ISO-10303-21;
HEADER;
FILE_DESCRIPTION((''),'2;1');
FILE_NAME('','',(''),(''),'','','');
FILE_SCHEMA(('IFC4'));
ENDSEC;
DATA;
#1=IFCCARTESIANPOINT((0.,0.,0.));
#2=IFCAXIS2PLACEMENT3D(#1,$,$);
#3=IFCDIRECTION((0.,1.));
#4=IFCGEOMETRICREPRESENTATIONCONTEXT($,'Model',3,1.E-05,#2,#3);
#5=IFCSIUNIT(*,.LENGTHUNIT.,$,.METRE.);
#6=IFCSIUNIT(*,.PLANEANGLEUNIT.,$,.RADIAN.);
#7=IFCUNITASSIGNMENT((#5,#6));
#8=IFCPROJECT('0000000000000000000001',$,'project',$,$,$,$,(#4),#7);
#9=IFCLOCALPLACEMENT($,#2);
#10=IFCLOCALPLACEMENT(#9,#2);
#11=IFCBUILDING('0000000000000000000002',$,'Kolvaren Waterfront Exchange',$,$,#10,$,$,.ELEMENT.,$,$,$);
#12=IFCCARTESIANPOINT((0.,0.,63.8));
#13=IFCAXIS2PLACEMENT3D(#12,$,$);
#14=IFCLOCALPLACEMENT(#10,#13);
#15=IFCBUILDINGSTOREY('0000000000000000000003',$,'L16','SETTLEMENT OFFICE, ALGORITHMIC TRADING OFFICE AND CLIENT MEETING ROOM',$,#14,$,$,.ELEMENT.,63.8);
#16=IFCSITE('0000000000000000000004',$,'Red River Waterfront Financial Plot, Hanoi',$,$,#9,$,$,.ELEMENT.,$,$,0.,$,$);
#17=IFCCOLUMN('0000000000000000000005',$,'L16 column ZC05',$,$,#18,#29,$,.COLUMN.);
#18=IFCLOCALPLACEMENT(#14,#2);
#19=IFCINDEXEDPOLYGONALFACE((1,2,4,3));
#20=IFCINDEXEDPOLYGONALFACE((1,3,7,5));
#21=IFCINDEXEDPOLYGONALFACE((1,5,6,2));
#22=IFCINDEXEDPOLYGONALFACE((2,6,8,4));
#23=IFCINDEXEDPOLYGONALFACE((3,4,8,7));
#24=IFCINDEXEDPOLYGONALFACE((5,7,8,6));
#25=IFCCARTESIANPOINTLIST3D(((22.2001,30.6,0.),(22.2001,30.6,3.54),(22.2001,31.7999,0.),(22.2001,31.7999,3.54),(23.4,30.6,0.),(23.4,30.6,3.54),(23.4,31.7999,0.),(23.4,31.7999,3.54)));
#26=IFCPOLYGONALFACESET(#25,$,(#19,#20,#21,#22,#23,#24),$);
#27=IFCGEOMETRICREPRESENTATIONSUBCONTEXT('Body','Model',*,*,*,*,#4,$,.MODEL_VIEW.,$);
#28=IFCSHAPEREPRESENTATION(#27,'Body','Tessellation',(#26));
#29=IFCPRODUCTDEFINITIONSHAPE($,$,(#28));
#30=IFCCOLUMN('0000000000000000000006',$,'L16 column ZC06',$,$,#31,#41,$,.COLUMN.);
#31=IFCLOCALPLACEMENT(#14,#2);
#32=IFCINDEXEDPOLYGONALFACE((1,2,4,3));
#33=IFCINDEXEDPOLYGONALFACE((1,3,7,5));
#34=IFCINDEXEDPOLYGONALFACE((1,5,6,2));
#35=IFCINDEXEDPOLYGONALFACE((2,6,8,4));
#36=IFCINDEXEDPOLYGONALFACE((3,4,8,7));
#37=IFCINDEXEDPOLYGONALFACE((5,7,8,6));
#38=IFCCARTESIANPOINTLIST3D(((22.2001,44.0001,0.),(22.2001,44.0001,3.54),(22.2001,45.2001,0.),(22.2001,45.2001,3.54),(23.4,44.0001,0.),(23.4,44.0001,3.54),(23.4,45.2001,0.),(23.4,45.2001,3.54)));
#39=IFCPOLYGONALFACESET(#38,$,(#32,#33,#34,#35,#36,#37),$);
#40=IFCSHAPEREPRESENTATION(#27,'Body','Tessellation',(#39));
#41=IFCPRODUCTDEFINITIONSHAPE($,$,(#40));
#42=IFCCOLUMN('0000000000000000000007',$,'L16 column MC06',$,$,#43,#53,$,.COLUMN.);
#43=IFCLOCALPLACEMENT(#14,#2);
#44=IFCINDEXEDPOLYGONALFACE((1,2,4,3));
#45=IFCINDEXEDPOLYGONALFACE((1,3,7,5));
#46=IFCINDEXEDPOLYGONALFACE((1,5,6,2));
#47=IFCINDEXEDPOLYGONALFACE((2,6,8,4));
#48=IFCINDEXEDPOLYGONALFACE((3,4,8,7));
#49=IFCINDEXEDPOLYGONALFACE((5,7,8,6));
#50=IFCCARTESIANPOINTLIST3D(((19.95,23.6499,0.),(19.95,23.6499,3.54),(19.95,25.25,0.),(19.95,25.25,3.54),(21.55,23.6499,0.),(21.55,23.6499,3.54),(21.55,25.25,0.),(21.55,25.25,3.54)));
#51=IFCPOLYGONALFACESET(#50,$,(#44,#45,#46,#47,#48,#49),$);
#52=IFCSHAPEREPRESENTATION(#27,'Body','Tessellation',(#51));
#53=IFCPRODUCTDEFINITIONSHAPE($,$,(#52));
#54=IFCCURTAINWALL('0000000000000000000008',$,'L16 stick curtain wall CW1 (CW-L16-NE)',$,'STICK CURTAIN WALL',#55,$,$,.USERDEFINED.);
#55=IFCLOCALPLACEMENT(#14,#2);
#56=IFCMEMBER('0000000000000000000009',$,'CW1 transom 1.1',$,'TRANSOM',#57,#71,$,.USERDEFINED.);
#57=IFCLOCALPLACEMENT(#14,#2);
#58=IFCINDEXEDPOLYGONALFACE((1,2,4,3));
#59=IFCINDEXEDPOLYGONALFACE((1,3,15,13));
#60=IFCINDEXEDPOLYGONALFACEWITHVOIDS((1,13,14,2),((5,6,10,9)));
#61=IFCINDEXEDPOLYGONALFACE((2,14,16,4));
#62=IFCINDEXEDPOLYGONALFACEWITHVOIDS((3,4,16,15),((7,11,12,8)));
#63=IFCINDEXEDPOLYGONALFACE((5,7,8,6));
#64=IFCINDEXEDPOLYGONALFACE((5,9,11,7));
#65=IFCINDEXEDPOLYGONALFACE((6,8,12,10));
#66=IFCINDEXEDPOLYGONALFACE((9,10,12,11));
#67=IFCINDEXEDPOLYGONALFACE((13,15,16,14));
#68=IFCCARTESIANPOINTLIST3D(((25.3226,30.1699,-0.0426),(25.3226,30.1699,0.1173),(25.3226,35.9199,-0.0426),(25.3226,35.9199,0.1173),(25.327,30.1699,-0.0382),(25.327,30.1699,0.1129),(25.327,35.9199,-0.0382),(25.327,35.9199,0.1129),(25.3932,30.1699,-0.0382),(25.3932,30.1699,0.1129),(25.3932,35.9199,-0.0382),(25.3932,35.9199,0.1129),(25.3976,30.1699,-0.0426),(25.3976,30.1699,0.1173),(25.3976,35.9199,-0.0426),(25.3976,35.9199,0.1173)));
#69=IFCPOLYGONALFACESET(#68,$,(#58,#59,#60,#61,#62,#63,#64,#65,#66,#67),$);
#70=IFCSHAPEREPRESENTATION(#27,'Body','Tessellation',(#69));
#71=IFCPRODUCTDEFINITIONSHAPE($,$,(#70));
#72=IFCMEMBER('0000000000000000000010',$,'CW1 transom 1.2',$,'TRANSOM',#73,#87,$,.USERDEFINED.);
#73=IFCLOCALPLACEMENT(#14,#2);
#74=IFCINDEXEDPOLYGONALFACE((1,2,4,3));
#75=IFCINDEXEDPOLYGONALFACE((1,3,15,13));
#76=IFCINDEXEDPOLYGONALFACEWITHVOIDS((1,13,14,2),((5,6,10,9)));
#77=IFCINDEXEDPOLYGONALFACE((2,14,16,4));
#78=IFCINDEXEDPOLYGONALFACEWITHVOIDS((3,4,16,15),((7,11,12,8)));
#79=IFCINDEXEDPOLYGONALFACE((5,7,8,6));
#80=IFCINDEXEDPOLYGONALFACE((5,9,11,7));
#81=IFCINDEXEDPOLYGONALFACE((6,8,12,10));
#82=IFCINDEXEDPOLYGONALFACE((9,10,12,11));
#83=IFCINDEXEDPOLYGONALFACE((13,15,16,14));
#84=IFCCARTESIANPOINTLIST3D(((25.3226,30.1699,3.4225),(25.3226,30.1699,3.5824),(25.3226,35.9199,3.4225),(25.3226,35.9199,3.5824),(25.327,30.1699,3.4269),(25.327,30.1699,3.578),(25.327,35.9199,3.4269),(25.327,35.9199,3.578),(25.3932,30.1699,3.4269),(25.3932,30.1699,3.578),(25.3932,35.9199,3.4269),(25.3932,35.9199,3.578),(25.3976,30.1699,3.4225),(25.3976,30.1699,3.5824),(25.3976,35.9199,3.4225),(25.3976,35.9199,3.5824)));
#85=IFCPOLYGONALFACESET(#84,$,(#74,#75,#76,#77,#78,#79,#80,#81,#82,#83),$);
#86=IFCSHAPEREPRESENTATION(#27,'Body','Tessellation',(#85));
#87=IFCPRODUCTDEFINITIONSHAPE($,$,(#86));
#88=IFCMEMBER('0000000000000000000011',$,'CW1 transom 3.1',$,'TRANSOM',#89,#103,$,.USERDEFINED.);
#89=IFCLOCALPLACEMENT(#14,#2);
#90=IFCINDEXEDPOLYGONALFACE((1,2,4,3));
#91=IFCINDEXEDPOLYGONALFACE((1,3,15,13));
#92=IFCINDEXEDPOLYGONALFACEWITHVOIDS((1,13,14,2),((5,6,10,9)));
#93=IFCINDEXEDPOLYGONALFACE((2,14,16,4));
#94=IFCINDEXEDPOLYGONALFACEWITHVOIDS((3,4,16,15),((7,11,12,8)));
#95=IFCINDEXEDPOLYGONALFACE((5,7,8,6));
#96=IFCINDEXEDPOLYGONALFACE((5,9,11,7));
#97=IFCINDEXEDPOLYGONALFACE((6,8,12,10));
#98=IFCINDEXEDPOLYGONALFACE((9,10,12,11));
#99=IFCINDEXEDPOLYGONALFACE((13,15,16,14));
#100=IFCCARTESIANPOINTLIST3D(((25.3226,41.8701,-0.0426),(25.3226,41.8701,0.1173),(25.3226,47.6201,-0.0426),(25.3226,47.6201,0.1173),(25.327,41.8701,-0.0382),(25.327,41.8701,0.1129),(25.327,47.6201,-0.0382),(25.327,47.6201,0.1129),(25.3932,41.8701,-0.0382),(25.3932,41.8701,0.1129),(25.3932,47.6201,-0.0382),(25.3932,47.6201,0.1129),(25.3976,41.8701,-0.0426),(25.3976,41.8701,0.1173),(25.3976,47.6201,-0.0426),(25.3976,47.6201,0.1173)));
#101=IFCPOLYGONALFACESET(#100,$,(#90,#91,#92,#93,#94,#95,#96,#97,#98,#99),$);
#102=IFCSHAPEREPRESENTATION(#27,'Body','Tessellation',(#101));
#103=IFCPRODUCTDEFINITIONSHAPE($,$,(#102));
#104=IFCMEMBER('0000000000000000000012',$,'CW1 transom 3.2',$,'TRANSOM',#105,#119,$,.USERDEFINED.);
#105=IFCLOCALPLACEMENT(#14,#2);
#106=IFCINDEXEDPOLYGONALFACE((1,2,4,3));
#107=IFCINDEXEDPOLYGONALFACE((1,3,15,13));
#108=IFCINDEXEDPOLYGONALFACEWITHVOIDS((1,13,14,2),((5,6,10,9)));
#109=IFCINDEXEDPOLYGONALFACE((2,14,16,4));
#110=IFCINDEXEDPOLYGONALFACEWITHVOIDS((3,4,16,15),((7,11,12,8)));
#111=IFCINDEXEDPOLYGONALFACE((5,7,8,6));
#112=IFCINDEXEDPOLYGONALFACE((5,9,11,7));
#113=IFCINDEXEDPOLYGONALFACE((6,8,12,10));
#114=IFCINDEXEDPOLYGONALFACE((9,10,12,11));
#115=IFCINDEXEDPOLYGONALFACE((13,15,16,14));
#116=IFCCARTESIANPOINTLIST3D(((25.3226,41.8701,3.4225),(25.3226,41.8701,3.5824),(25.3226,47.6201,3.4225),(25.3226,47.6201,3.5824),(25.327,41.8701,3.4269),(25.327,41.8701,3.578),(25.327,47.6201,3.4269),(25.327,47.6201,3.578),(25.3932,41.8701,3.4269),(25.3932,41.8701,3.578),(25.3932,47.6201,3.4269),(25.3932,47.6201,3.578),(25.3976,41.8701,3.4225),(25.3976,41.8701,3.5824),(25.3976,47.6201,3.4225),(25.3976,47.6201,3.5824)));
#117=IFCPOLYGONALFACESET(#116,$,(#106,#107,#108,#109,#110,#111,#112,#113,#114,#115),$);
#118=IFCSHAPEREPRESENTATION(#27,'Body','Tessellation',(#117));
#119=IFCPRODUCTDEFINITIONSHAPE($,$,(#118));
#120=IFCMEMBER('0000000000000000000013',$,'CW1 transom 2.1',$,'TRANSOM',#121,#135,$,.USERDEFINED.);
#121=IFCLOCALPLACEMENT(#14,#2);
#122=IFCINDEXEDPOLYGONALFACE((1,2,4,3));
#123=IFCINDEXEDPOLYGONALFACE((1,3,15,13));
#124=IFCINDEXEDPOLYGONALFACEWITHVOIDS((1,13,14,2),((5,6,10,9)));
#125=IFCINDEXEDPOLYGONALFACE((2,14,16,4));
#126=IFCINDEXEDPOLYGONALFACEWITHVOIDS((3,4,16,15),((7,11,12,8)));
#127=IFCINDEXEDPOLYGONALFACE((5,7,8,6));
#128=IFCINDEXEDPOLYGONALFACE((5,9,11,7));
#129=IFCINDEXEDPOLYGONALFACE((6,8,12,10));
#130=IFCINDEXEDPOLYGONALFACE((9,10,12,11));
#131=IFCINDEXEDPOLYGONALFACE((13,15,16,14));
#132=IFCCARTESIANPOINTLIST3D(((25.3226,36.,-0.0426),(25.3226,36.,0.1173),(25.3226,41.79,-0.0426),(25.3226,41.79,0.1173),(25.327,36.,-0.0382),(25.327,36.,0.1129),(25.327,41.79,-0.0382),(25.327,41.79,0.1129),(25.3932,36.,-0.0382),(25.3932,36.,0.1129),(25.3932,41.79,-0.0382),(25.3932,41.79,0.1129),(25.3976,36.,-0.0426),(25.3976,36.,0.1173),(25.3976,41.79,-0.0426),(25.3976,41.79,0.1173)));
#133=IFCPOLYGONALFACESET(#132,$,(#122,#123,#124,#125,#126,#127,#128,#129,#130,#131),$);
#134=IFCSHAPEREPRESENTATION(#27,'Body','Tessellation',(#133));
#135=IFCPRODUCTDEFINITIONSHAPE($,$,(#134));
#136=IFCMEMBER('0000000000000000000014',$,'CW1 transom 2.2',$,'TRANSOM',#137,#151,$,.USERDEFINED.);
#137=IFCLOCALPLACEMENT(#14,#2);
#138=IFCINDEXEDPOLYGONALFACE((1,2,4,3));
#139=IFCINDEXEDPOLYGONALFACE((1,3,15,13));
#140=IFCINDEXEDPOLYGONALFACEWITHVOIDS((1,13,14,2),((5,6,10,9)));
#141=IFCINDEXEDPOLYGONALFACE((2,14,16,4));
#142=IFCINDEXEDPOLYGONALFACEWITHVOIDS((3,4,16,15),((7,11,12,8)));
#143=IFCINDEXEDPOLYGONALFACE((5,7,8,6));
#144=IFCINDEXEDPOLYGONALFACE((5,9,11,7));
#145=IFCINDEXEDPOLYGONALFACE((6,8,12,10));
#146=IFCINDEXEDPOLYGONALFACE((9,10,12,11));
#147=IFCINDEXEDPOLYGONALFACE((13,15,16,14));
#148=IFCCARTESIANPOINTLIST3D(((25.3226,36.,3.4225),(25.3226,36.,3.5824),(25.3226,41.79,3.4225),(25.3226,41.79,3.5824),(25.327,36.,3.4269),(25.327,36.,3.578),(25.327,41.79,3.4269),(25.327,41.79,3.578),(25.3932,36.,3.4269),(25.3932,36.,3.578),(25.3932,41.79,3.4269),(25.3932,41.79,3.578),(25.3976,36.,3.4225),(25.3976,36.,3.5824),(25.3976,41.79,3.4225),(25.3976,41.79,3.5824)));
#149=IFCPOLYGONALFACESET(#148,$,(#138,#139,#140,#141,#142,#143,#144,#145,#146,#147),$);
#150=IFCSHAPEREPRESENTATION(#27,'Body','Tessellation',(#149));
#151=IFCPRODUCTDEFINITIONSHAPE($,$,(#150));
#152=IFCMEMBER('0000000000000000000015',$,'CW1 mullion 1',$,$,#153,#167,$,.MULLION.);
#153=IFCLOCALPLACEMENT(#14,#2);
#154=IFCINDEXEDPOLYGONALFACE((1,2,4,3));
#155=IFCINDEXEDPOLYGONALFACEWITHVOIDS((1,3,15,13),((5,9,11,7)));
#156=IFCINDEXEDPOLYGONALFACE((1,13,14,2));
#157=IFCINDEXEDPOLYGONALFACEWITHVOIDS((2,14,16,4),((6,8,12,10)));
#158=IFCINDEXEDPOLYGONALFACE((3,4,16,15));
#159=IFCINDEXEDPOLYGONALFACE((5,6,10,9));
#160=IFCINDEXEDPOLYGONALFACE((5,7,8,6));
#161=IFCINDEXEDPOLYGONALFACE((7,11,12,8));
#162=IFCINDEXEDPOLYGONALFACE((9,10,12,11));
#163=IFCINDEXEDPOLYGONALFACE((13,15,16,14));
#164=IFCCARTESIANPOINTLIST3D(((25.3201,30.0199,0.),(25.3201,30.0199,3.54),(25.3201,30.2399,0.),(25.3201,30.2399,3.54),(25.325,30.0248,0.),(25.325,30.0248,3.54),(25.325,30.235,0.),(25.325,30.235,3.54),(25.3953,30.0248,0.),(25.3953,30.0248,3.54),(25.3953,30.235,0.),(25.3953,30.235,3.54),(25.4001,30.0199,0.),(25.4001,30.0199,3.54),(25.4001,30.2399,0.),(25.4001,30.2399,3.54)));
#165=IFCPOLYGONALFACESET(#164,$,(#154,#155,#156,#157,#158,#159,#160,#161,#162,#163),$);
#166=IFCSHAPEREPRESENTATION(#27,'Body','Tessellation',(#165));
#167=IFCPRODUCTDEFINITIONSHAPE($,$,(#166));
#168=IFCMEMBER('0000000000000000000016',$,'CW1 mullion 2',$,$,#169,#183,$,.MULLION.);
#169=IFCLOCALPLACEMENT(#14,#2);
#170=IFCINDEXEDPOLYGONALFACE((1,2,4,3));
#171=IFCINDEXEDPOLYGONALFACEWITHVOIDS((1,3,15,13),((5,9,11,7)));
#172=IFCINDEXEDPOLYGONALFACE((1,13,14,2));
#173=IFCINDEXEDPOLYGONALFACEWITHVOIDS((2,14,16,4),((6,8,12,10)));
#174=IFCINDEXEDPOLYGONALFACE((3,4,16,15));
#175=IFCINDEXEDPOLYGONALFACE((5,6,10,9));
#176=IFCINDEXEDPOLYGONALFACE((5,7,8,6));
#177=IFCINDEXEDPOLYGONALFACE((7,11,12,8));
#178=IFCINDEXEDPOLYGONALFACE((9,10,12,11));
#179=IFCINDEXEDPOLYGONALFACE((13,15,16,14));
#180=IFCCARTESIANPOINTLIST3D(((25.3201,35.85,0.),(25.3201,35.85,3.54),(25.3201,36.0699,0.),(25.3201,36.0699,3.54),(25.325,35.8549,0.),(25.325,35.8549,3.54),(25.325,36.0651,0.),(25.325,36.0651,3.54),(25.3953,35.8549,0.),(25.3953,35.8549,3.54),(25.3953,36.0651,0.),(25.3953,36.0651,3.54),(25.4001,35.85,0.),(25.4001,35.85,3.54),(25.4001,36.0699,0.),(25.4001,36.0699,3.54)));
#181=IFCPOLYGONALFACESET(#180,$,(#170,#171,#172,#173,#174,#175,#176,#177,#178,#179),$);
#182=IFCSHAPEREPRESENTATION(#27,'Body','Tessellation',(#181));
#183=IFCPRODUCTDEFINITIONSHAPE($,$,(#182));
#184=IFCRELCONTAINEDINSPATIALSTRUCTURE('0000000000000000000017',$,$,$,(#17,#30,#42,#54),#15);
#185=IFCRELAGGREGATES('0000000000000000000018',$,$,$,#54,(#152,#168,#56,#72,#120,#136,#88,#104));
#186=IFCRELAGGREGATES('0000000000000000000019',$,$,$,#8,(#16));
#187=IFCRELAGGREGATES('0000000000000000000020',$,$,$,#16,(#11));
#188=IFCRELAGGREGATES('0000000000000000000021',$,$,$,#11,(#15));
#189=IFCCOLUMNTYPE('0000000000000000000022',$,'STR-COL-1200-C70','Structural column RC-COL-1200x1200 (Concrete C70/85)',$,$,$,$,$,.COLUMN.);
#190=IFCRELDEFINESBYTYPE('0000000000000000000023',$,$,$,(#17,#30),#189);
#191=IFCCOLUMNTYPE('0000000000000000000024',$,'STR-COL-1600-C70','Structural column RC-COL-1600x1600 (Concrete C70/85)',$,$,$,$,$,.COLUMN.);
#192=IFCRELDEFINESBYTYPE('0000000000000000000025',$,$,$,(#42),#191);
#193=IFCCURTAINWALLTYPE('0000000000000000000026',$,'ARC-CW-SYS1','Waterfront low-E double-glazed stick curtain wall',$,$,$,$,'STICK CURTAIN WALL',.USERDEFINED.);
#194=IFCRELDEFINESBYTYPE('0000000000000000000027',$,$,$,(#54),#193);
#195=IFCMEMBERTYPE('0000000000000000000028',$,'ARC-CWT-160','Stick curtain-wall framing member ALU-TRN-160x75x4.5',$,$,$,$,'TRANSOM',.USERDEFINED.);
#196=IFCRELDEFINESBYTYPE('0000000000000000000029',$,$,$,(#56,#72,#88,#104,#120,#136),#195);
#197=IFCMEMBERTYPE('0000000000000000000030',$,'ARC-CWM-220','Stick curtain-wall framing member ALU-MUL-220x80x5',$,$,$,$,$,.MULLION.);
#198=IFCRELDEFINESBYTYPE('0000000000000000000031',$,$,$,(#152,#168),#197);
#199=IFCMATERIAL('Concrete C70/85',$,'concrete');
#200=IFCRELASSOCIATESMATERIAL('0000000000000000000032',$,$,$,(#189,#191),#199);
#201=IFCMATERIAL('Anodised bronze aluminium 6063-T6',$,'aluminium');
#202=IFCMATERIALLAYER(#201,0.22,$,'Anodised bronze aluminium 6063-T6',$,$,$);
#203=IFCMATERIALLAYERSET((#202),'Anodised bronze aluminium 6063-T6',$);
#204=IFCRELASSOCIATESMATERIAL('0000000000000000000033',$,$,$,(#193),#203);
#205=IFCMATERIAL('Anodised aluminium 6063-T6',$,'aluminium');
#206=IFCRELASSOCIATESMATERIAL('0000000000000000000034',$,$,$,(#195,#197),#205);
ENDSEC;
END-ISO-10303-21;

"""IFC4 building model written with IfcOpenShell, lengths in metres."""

from ifc_helpers import new_model, si_unit, direction, frame, origin, origin_with_axes, origin_2d, place, context, subcontext, project, spatial, rectangle, hollow_rectangle, extrude, source, transform, mapped, material, layer, layer_set, material_profile, profile_set, type_object, element, aggregate, save


model = new_model("IFC4")

# Units and contexts
model_context = context("Model", 3, precision=1e-05, world=origin(), true_north=direction((0.0, 1.0)))
body_context = subcontext(model_context, "Body", "Model", "MODEL_VIEW")
ifc_project = project(units=[si_unit("LENGTHUNIT", "METRE"), si_unit("PLANEANGLEUNIT", "RADIAN")], contexts=[model_context])

# Site, building, storey
site_placement = place(None, origin())
site = spatial("IfcSite", under=ifc_project, at=site_placement, Name="Red River Waterfront Financial Plot, Hanoi", CompositionType="ELEMENT", RefElevation=0.0)
building_placement = place(site_placement, origin())
building = spatial("IfcBuilding", under=site, at=building_placement, Name="Kolvaren Waterfront Exchange", CompositionType="ELEMENT")
storey_placement = place(building_placement, frame((0.0, 0.0, 63.8)))
storey = spatial("IfcBuildingStorey", under=building, at=storey_placement, Name="L16", Description="SETTLEMENT OFFICE, ALGORITHMIC TRADING OFFICE AND CLIENT MEETING ROOM", CompositionType="ELEMENT", Elevation=63.8)

# Columns
ifc_material_1 = material(Name="Concrete C70/85", Category="concrete")
ifc_material_profile_1 = material_profile(ifc_material_1, rectangle(XDim=1.2, YDim=1.2, at=origin_2d()), Name="RC-COL-1200x1200")
ifc_profile_set_1 = profile_set([ifc_material_profile_1], Name="Concrete C70/85")
column_type_1 = type_object("IfcColumnType", Name="STR-COL-1200-C70", Description="Structural column RC-COL-1200x1200 (Concrete C70/85)", PredefinedType="COLUMN", material=ifc_profile_set_1)
for number, where, z_axis, x_axis, name in (
    (1, (22.8, 31.2, 0.0), (0.0, 0.0, 1.0), (1.0, 0.0, 0.0), "L16 column ZC05"),
    (2, (22.8, 44.6001, 0.0), (0.0, 0.0, 1.0), (1.0, 0.0, 0.0), "L16 column ZC06"),
):
    element("IfcColumn", number, at=place(storey_placement, frame(where, z_axis=z_axis, x_axis=x_axis)), inside=storey, type_object=column_type_1, Name=name, PredefinedType="COLUMN", context=body_context, shape_type="SweptSolid", body=[
        extrude(rectangle(XDim=1.2, YDim=1.2, at=origin_2d()), origin(), (0.0, 0.0, 1.0), 3.54),
    ])
ifc_material_profile_2 = material_profile(ifc_material_1, rectangle(XDim=1.6001, YDim=1.6001, at=origin_2d()), Name="RC-COL-1600x1600")
ifc_profile_set_2 = profile_set([ifc_material_profile_2], Name="Concrete C70/85")
column_type_2 = type_object("IfcColumnType", Name="STR-COL-1600-C70", Description="Structural column RC-COL-1600x1600 (Concrete C70/85)", PredefinedType="COLUMN", material=ifc_profile_set_2)
column_placement = place(storey_placement, frame((20.75, 24.45, 0.0), z_axis=(0.0, 0.0, 1.0), x_axis=(1.0, 0.0, 0.0)))
element("IfcColumn", 3, at=column_placement, inside=storey, type_object=column_type_2, Name="L16 column MC06", PredefinedType="COLUMN", context=body_context, shape_type="SweptSolid", body=[
    extrude(rectangle(XDim=1.6001, YDim=1.6001, at=origin_2d()), origin(), (0.0, 0.0, 1.0), 3.54),
])

# Curtain wall, members
ifc_material_2 = material(Name="Anodised bronze aluminium 6063-T6", Category="aluminium")
ifc_layer_1 = layer(ifc_material_2, 0.22, Name="Anodised bronze aluminium 6063-T6")
ifc_layer_set_1 = layer_set([ifc_layer_1], Name="Anodised bronze aluminium 6063-T6")
curtain_wall_type = type_object("IfcCurtainWallType", Name="ARC-CW-SYS1", Description="Waterfront low-E double-glazed stick curtain wall", ElementType="STICK CURTAIN WALL", PredefinedType="USERDEFINED", material=ifc_layer_set_1)
curtain_wall_placement = place(storey_placement, origin())
curtain_wall = element("IfcCurtainWall", 4, at=curtain_wall_placement, inside=storey, type_object=curtain_wall_type, Name="L16 stick curtain wall CW1 (CW-L16-NE)", ObjectType="STICK CURTAIN WALL", PredefinedType="USERDEFINED")
ifc_material_3 = material(Name="Anodised aluminium 6063-T6", Category="aluminium")
ifc_material_profile_3 = material_profile(ifc_material_3, hollow_rectangle(XDim=0.075, YDim=0.1599, WallThickness=0.0044, at=origin_2d()), Name="ALU-TRN-160x75x4.5")
ifc_profile_set_3 = profile_set([ifc_material_profile_3], Name="Anodised aluminium 6063-T6")
member_type_1 = type_object("IfcMemberType", Name="ARC-CWT-160", Description="Stick curtain-wall framing member ALU-TRN-160x75x4.5", ElementType="TRANSOM", PredefinedType="USERDEFINED", material=ifc_profile_set_3)
shared_shape_1 = source(origin_with_axes(), body_context, "Body", "SweptSolid", [
    extrude(hollow_rectangle(XDim=0.075, YDim=0.1599, WallThickness=0.0044, at=origin_2d()), origin(), (0.0, 0.0, 1.0), 5.75),
])
member_1_placement = place(storey_placement, frame((25.3601, 30.1699, 0.0374), z_axis=(0.0, 1.0, 0.0), x_axis=(-1.0, 0.0, 0.0)))
member_1 = element("IfcMember", 5, at=member_1_placement, type_object=member_type_1, Name="CW1 transom 1.1", ObjectType="TRANSOM", PredefinedType="USERDEFINED", context=body_context, shape_type="MappedRepresentation", body=[
    mapped(shared_shape_1, transform((0.0, 0.0, 0.0), x_axis=(1.0, 0.0, 0.0), y_axis=(0.0, 1.0, 0.0), z_axis=(0.0, 0.0, 1.0), scale=1.0)),
])
member_2_placement = place(storey_placement, frame((25.3601, 30.1699, 3.5024), z_axis=(0.0, 1.0, 0.0), x_axis=(-1.0, 0.0, 0.0)))
member_2 = element("IfcMember", 6, at=member_2_placement, type_object=member_type_1, Name="CW1 transom 1.2", ObjectType="TRANSOM", PredefinedType="USERDEFINED", context=body_context, shape_type="MappedRepresentation", body=[
    mapped(shared_shape_1, transform((0.0, 0.0, 0.0), x_axis=(1.0, 0.0, 0.0), y_axis=(0.0, 1.0, 0.0), z_axis=(0.0, 0.0, 1.0), scale=1.0)),
])
member_3_placement = place(storey_placement, frame((25.3601, 41.8701, 0.0374), z_axis=(0.0, 1.0, 0.0), x_axis=(-1.0, 0.0, 0.0)))
member_3 = element("IfcMember", 7, at=member_3_placement, type_object=member_type_1, Name="CW1 transom 3.1", ObjectType="TRANSOM", PredefinedType="USERDEFINED", context=body_context, shape_type="MappedRepresentation", body=[
    mapped(shared_shape_1, transform((0.0, 0.0, 0.0), x_axis=(1.0, 0.0, 0.0), y_axis=(0.0, 1.0, 0.0), z_axis=(0.0, 0.0, 1.0), scale=1.0)),
])
member_4_placement = place(storey_placement, frame((25.3601, 41.8701, 3.5024), z_axis=(0.0, 1.0, 0.0), x_axis=(-1.0, 0.0, 0.0)))
member_4 = element("IfcMember", 8, at=member_4_placement, type_object=member_type_1, Name="CW1 transom 3.2", ObjectType="TRANSOM", PredefinedType="USERDEFINED", context=body_context, shape_type="MappedRepresentation", body=[
    mapped(shared_shape_1, transform((0.0, 0.0, 0.0), x_axis=(1.0, 0.0, 0.0), y_axis=(0.0, 1.0, 0.0), z_axis=(0.0, 0.0, 1.0), scale=1.0)),
])
shared_shape_2 = source(origin_with_axes(), body_context, "Body", "SweptSolid", [
    extrude(hollow_rectangle(XDim=0.075, YDim=0.1599, WallThickness=0.0044, at=origin_2d()), origin(), (0.0, 0.0, 1.0), 5.79),
])
member_5_placement = place(storey_placement, frame((25.3601, 36.0, 0.0374), z_axis=(0.0, 1.0, 0.0), x_axis=(-1.0, 0.0, 0.0)))
member_5 = element("IfcMember", 9, at=member_5_placement, type_object=member_type_1, Name="CW1 transom 2.1", ObjectType="TRANSOM", PredefinedType="USERDEFINED", context=body_context, shape_type="MappedRepresentation", body=[
    mapped(shared_shape_2, transform((0.0, 0.0, 0.0), x_axis=(1.0, 0.0, 0.0), y_axis=(0.0, 1.0, 0.0), z_axis=(0.0, 0.0, 1.0), scale=1.0)),
])
member_6_placement = place(storey_placement, frame((25.3601, 36.0, 3.5024), z_axis=(0.0, 1.0, 0.0), x_axis=(-1.0, 0.0, 0.0)))
member_6 = element("IfcMember", 10, at=member_6_placement, type_object=member_type_1, Name="CW1 transom 2.2", ObjectType="TRANSOM", PredefinedType="USERDEFINED", context=body_context, shape_type="MappedRepresentation", body=[
    mapped(shared_shape_2, transform((0.0, 0.0, 0.0), x_axis=(1.0, 0.0, 0.0), y_axis=(0.0, 1.0, 0.0), z_axis=(0.0, 0.0, 1.0), scale=1.0)),
])
ifc_material_profile_4 = material_profile(ifc_material_3, hollow_rectangle(XDim=0.0801, YDim=0.22, WallThickness=0.0049, at=origin_2d()), Name="ALU-MUL-220x80x5")
ifc_profile_set_4 = profile_set([ifc_material_profile_4], Name="Anodised aluminium 6063-T6")
member_type_2 = type_object("IfcMemberType", Name="ARC-CWM-220", Description="Stick curtain-wall framing member ALU-MUL-220x80x5", PredefinedType="MULLION", material=ifc_profile_set_4)
shared_shape_3 = source(origin_with_axes(), body_context, "Body", "SweptSolid", [
    extrude(hollow_rectangle(XDim=0.0801, YDim=0.22, WallThickness=0.0049, at=origin_2d()), origin(), (0.0, 0.0, 1.0), 3.54),
])
member_7_placement = place(storey_placement, frame((25.3601, 30.1299, 0.0), z_axis=(0.0, 0.0, 1.0), x_axis=(-1.0, 0.0, 0.0)))
member_7 = element("IfcMember", 11, at=member_7_placement, type_object=member_type_2, Name="CW1 mullion 1", PredefinedType="MULLION", context=body_context, shape_type="MappedRepresentation", body=[
    mapped(shared_shape_3, transform((0.0, 0.0, 0.0), x_axis=(1.0, 0.0, 0.0), y_axis=(0.0, 1.0, 0.0), z_axis=(0.0, 0.0, 1.0), scale=1.0)),
])
member_8_placement = place(storey_placement, frame((25.3601, 35.96, 0.0), z_axis=(0.0, 0.0, 1.0), x_axis=(-1.0, 0.0, 0.0)))
member_8 = element("IfcMember", 12, at=member_8_placement, type_object=member_type_2, Name="CW1 mullion 2", PredefinedType="MULLION", context=body_context, shape_type="MappedRepresentation", body=[
    mapped(shared_shape_3, transform((0.0, 0.0, 0.0), x_axis=(1.0, 0.0, 0.0), y_axis=(0.0, 1.0, 0.0), z_axis=(0.0, 0.0, 1.0), scale=1.0)),
])
aggregate(curtain_wall, [member_7, member_8, member_1, member_2, member_5, member_6, member_3, member_4])

save(model, "model.ifc")
